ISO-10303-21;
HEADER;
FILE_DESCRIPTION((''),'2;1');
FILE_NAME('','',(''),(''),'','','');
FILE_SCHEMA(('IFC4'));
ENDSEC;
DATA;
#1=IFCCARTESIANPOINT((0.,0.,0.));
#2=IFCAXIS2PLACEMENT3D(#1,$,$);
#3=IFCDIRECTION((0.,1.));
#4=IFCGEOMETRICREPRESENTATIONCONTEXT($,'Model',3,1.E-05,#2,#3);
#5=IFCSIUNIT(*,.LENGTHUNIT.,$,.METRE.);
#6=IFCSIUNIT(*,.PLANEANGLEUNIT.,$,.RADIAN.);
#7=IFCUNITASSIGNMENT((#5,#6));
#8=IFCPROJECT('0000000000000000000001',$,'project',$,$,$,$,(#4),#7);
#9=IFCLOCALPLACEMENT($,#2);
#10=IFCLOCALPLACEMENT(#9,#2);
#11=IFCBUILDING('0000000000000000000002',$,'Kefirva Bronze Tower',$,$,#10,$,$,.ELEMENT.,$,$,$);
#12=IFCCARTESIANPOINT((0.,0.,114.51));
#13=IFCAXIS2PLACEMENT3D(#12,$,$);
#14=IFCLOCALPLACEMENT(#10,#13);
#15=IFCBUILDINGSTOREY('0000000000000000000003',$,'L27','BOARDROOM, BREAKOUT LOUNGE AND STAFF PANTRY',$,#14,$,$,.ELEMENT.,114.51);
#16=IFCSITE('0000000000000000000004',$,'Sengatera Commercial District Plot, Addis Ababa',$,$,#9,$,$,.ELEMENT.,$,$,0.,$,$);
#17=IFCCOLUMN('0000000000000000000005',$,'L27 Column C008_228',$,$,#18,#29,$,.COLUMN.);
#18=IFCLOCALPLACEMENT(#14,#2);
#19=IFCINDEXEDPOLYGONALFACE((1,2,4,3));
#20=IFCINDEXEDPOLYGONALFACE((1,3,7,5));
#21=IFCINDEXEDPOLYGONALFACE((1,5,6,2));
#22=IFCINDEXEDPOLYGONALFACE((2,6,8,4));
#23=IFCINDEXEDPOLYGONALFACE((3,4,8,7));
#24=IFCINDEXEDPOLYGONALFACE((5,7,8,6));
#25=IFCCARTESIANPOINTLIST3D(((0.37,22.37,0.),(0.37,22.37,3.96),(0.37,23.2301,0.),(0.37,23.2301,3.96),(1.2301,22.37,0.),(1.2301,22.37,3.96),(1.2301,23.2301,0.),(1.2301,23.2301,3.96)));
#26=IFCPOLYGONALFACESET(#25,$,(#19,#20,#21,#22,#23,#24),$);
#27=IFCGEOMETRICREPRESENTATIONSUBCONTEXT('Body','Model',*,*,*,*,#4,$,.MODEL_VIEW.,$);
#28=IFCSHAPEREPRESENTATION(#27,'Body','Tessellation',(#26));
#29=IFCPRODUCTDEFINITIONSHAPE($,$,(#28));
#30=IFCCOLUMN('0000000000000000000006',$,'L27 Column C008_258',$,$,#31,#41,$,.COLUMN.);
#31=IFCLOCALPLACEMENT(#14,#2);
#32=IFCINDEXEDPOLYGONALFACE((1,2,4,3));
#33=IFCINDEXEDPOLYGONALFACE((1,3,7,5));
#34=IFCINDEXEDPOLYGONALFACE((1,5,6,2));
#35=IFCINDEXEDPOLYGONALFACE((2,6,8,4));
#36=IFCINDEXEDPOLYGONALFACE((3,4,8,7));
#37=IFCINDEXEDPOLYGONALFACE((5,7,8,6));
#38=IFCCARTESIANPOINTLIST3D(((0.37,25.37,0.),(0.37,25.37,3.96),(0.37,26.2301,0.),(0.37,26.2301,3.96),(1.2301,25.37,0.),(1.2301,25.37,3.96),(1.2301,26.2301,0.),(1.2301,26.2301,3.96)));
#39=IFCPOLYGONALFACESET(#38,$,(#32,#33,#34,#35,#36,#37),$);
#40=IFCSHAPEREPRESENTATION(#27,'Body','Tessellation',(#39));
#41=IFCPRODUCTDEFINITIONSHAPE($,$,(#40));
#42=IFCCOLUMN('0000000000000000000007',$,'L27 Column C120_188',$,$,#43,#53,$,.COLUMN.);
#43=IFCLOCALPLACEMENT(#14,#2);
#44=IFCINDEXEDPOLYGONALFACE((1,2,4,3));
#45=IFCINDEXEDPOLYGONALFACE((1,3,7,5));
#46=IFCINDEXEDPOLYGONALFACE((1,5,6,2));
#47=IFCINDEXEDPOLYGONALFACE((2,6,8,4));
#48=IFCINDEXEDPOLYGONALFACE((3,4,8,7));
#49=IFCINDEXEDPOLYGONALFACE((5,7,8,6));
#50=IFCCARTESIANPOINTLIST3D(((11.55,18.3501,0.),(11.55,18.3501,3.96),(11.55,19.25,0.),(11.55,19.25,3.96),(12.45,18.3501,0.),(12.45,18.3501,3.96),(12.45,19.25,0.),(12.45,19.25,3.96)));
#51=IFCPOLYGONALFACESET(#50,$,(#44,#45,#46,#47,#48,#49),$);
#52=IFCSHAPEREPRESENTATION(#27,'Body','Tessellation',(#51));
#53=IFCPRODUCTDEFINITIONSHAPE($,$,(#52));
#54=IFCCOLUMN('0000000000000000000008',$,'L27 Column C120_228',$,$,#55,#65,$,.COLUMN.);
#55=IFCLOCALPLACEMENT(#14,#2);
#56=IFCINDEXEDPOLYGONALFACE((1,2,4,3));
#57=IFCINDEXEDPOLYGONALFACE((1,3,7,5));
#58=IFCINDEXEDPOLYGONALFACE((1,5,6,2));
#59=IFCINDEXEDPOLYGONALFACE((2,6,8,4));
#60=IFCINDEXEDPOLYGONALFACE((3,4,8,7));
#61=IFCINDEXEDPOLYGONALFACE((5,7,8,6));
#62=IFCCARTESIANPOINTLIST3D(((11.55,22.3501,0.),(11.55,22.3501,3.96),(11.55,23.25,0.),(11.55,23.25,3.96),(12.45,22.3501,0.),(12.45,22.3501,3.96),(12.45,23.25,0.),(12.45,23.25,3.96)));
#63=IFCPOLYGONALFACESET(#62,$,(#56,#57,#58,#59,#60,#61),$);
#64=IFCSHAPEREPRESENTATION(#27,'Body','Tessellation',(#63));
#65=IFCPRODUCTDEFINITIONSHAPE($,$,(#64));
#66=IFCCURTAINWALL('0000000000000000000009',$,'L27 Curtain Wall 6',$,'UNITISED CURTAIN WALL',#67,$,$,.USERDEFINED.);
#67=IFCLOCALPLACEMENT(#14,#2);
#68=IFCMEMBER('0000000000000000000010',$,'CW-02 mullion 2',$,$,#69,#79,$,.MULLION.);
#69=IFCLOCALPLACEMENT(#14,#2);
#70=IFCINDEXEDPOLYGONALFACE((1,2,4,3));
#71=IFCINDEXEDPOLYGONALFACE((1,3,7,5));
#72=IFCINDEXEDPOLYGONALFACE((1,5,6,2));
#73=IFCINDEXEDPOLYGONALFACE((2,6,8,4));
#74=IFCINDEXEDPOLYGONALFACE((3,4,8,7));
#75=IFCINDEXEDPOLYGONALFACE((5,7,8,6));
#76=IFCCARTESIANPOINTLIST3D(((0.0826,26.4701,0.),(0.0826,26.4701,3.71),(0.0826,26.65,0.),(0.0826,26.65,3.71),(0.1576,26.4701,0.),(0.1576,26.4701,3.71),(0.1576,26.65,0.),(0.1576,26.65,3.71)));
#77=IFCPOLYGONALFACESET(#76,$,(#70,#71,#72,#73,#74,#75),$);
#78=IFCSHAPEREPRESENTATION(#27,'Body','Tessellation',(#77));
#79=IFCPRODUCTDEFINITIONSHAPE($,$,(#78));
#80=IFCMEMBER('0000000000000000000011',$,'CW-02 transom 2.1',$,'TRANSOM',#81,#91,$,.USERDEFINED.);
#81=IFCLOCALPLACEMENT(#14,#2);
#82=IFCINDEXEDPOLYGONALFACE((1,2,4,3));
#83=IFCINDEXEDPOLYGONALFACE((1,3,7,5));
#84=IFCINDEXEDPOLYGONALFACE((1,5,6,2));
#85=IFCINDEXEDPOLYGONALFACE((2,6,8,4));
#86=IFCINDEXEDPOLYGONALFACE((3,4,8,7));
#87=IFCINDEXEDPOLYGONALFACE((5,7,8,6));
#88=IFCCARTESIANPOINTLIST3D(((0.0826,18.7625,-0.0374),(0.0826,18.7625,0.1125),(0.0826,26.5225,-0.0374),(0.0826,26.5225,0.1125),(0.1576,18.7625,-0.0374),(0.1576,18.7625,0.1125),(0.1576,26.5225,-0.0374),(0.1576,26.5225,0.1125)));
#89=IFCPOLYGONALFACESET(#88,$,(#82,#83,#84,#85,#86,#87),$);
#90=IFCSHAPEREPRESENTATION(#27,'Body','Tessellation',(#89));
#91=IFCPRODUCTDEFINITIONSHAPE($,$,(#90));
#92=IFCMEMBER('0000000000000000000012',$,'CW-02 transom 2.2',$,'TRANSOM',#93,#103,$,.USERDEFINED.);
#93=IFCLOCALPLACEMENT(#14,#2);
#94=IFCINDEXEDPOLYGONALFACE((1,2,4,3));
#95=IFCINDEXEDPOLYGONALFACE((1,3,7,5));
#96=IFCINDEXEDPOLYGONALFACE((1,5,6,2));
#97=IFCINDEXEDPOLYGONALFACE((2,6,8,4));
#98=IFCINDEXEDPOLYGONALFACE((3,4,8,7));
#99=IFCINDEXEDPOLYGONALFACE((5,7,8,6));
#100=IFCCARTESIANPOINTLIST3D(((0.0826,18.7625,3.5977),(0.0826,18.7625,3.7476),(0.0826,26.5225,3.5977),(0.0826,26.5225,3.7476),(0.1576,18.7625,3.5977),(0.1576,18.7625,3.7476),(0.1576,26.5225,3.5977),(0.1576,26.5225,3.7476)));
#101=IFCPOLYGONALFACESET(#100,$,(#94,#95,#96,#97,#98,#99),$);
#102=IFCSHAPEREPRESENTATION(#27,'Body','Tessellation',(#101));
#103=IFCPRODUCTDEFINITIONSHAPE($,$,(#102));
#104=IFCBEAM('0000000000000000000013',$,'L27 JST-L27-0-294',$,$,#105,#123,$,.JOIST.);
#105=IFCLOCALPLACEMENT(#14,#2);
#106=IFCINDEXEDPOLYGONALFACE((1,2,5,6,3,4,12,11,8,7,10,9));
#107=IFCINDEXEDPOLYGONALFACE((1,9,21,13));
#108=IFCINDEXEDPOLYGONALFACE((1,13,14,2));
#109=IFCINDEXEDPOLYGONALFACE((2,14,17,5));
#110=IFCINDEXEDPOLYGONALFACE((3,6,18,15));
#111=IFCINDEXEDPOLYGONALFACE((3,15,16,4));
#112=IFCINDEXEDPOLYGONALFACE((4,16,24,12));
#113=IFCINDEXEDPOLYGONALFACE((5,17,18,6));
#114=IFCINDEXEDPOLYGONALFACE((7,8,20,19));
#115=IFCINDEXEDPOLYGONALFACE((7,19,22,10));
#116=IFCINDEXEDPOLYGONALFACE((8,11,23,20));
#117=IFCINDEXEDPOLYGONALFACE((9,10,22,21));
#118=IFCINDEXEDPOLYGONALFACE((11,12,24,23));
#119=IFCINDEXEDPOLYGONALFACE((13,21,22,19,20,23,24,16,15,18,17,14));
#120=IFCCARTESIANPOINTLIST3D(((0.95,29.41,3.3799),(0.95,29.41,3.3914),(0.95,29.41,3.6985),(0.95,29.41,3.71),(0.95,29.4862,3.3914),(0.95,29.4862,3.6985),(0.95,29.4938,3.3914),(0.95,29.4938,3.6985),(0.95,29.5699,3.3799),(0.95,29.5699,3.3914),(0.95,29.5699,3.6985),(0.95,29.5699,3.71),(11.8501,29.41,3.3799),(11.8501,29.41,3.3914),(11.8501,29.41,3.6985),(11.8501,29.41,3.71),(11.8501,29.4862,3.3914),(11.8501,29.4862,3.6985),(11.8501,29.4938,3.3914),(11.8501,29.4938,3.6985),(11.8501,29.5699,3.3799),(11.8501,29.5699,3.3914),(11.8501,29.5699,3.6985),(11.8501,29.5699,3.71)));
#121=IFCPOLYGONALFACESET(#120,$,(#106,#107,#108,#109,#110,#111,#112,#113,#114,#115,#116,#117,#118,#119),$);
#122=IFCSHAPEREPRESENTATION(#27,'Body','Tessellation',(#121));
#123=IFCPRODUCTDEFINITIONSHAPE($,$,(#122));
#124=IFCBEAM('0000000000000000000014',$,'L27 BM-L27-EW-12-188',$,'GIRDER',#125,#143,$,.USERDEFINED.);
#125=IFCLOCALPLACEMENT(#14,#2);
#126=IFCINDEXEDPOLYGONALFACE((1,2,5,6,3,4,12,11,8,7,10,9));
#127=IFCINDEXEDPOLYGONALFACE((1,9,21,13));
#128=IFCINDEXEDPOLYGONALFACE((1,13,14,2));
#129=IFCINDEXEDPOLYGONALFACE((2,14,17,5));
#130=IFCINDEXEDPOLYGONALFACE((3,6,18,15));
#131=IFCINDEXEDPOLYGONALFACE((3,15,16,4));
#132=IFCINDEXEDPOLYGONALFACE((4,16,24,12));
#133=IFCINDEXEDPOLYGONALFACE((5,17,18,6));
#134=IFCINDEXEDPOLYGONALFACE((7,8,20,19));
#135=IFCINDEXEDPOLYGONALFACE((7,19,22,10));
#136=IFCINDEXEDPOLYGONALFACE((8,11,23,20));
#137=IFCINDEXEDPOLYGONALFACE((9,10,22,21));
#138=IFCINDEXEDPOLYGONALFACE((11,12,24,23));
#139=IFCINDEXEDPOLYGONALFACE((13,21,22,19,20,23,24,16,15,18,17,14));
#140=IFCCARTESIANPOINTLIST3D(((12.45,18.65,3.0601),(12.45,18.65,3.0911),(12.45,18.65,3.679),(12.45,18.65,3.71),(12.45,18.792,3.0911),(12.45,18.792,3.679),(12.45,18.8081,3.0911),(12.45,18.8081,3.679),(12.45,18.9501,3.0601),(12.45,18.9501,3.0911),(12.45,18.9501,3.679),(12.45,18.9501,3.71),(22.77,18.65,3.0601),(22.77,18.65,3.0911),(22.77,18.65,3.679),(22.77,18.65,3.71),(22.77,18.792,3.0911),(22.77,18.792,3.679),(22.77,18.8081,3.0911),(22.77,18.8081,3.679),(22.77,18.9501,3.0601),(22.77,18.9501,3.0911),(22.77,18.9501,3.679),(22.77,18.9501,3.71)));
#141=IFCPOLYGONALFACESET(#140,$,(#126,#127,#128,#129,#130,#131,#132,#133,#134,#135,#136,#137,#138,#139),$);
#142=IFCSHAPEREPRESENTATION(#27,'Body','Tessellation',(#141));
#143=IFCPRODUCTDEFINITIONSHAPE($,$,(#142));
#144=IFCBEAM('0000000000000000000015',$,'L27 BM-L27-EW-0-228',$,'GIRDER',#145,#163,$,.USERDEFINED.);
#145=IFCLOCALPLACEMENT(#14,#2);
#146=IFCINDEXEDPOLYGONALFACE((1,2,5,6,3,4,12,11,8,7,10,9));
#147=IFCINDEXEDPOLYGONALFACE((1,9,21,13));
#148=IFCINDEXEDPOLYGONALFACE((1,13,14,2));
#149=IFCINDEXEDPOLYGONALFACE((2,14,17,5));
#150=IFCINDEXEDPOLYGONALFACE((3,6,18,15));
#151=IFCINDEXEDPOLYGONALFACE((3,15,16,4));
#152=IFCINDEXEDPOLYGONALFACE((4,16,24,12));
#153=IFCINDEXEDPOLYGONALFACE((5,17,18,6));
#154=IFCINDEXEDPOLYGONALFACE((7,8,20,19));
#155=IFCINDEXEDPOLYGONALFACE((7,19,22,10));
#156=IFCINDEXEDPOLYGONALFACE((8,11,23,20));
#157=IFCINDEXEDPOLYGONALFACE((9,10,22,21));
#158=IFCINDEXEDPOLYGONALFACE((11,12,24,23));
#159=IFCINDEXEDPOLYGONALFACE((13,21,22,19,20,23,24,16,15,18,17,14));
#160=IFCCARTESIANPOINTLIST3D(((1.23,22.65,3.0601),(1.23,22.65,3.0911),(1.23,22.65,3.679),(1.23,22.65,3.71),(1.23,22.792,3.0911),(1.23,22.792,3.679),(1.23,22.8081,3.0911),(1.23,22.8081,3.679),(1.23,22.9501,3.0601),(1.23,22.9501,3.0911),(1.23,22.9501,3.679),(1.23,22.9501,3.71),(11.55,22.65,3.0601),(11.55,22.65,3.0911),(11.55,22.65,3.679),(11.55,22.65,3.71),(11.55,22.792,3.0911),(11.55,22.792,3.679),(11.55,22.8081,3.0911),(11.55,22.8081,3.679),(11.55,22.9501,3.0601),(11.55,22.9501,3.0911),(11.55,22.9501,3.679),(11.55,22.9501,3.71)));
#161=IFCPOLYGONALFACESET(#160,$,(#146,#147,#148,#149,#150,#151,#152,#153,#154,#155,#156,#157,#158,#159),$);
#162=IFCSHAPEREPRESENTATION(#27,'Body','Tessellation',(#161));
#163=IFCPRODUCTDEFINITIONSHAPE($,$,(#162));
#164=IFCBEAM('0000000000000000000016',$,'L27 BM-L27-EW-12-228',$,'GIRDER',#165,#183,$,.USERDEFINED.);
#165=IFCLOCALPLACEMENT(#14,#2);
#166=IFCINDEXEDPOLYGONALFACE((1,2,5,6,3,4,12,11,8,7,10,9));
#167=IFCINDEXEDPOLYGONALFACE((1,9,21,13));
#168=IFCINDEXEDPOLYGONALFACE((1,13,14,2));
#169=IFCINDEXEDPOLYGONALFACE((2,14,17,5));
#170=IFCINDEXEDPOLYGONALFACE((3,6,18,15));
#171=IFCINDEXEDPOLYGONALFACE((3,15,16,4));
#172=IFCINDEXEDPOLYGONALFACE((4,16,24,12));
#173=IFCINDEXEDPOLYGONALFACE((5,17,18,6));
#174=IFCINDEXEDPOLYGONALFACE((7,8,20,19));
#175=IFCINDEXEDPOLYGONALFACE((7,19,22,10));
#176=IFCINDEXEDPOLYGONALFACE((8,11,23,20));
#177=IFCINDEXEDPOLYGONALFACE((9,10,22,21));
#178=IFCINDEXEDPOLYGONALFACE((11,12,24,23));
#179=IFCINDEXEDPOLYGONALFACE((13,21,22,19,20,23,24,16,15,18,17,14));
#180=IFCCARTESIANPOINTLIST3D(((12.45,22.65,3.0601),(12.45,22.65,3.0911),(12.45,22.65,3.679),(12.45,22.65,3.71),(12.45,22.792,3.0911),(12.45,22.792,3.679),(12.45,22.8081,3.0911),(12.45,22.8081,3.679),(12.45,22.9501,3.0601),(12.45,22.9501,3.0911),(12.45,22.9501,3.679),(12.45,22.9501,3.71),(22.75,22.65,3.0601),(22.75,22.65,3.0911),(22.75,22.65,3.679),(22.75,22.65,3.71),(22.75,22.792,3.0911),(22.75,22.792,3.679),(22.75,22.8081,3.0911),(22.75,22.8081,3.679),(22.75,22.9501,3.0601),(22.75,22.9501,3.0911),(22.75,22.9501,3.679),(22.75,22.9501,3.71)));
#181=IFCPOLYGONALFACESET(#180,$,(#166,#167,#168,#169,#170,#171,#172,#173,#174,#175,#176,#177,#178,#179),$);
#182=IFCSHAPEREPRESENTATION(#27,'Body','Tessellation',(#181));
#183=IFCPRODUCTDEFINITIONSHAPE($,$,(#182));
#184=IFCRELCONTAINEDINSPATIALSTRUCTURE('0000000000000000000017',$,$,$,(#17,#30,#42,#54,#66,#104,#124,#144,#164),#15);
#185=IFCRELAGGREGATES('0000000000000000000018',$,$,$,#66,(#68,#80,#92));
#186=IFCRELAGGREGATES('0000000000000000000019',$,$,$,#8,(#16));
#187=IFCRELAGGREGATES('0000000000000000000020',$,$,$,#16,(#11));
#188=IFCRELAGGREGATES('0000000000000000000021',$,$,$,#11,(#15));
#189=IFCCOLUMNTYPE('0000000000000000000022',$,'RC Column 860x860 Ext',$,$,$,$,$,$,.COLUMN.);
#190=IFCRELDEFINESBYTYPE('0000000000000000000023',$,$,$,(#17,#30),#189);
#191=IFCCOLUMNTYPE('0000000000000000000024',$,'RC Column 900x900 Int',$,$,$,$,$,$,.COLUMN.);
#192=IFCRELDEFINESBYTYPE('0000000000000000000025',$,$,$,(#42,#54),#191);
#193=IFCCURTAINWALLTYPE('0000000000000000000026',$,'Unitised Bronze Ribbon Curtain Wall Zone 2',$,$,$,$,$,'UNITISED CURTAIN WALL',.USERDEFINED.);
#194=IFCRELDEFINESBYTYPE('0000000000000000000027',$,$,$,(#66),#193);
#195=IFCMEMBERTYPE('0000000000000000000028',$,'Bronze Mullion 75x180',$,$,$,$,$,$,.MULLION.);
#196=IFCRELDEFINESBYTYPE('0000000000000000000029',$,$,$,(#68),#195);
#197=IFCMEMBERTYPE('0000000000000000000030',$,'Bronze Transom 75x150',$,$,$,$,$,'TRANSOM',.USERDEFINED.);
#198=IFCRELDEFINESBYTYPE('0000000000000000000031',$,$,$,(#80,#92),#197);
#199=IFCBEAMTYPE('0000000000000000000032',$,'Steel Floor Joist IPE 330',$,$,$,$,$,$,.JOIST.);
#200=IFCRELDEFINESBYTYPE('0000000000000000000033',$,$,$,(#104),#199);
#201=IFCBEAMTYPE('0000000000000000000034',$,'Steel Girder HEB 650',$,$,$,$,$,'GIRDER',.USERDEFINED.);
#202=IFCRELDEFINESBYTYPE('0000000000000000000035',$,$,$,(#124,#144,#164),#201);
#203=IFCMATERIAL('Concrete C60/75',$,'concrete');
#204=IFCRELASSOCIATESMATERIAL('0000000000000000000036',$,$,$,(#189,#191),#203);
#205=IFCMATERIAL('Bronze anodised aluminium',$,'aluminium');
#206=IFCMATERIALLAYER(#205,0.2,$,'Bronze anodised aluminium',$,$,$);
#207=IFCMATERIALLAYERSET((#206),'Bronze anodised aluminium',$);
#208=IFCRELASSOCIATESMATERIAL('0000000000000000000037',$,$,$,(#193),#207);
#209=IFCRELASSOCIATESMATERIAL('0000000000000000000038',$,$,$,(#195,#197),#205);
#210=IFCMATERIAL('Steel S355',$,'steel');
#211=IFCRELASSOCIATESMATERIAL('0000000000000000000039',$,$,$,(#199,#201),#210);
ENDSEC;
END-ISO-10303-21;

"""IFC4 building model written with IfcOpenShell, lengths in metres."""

from ifc_helpers import new_model, si_unit, direction, frame, origin, origin_2d, place, context, subcontext, project, spatial, rectangle, i_section, extrude, material, layer, layer_set, material_profile, profile_set, type_object, element, aggregate, save


model = new_model("IFC4")

# Units and contexts
model_context = context("Model", 3, precision=1e-05, world=origin(), true_north=direction((0.0, 1.0)))
body_context = subcontext(model_context, "Body", "Model", "MODEL_VIEW")
ifc_project = project(units=[si_unit("LENGTHUNIT", "METRE"), si_unit("PLANEANGLEUNIT", "RADIAN")], contexts=[model_context])

# Site, building, storey
site_placement = place(None, origin())
site = spatial("IfcSite", under=ifc_project, at=site_placement, Name="Sengatera Commercial District Plot, Addis Ababa", CompositionType="ELEMENT", RefElevation=0.0)
building_placement = place(site_placement, origin())
building = spatial("IfcBuilding", under=site, at=building_placement, Name="Kefirva Bronze Tower", CompositionType="ELEMENT")
storey_placement = place(building_placement, frame((0.0, 0.0, 114.51)))
storey = spatial("IfcBuildingStorey", under=building, at=storey_placement, Name="L27", Description="BOARDROOM, BREAKOUT LOUNGE AND STAFF PANTRY", CompositionType="ELEMENT", Elevation=114.51)

# Columns
ifc_material_1 = material(Name="Concrete C60/75", Category="concrete")
ifc_material_profile_1 = material_profile(ifc_material_1, rectangle(XDim=0.8601, YDim=0.8601, at=origin_2d()), Name="RC 860x860")
ifc_profile_set_1 = profile_set([ifc_material_profile_1], Name="Concrete C60/75")
column_type_1 = type_object("IfcColumnType", Name="RC Column 860x860 Ext", PredefinedType="COLUMN", material=ifc_profile_set_1)
for number, where, z_axis, x_axis, name in (
    (1, (0.8, 22.8, 0.0), (0.0, 0.0, 1.0), (1.0, 0.0, 0.0), "L27 Column C008_228"),
    (2, (0.8, 25.8, 0.0), (0.0, 0.0, 1.0), (1.0, 0.0, 0.0), "L27 Column C008_258"),
):
    element("IfcColumn", number, at=place(storey_placement, frame(where, z_axis=z_axis, x_axis=x_axis)), inside=storey, type_object=column_type_1, Name=name, PredefinedType="COLUMN", context=body_context, shape_type="SweptSolid", body=[
        extrude(rectangle(XDim=0.8601, YDim=0.8601, at=origin_2d()), origin(), (0.0, 0.0, 1.0), 3.96),
    ])
ifc_material_profile_2 = material_profile(ifc_material_1, rectangle(XDim=0.8999, YDim=0.8999, at=origin_2d()), Name="RC 900x900")
ifc_profile_set_2 = profile_set([ifc_material_profile_2], Name="Concrete C60/75")
column_type_2 = type_object("IfcColumnType", Name="RC Column 900x900 Int", PredefinedType="COLUMN", material=ifc_profile_set_2)
for number, where, z_axis, x_axis, name in (
    (3, (12.0, 18.8, 0.0), (0.0, 0.0, 1.0), (1.0, 0.0, 0.0), "L27 Column C120_188"),
    (4, (12.0, 22.8, 0.0), (0.0, 0.0, 1.0), (1.0, 0.0, 0.0), "L27 Column C120_228"),
):
    element("IfcColumn", number, at=place(storey_placement, frame(where, z_axis=z_axis, x_axis=x_axis)), inside=storey, type_object=column_type_2, Name=name, PredefinedType="COLUMN", context=body_context, shape_type="SweptSolid", body=[
        extrude(rectangle(XDim=0.8999, YDim=0.8999, at=origin_2d()), origin(), (0.0, 0.0, 1.0), 3.96),
    ])

# Curtain wall, members
ifc_material_2 = material(Name="Bronze anodised aluminium", Category="aluminium")
ifc_layer_1 = layer(ifc_material_2, 0.2, Name="Bronze anodised aluminium")
ifc_layer_set_1 = layer_set([ifc_layer_1], Name="Bronze anodised aluminium")
curtain_wall_type = type_object("IfcCurtainWallType", Name="Unitised Bronze Ribbon Curtain Wall Zone 2", ElementType="UNITISED CURTAIN WALL", PredefinedType="USERDEFINED", material=ifc_layer_set_1)
curtain_wall_placement = place(storey_placement, origin())
curtain_wall = element("IfcCurtainWall", 5, at=curtain_wall_placement, inside=storey, type_object=curtain_wall_type, Name="L27 Curtain Wall 6", ObjectType="UNITISED CURTAIN WALL", PredefinedType="USERDEFINED")
ifc_material_profile_3 = material_profile(ifc_material_2, rectangle(XDim=0.075, YDim=0.1799, at=origin_2d()), Name="ALU 75x180")
ifc_profile_set_3 = profile_set([ifc_material_profile_3], Name="Bronze anodised aluminium")
member_type_1 = type_object("IfcMemberType", Name="Bronze Mullion 75x180", PredefinedType="MULLION", material=ifc_profile_set_3)
member_1_placement = place(storey_placement, frame((0.1201, 26.5601, 0.0), z_axis=(0.0, 0.0, 1.0), x_axis=(1.0, 0.0, 0.0)))
member_1 = element("IfcMember", 6, at=member_1_placement, type_object=member_type_1, Name="CW-02 mullion 2", PredefinedType="MULLION", context=body_context, shape_type="SweptSolid", body=[
    extrude(rectangle(XDim=0.075, YDim=0.1799, at=origin_2d()), origin(), (0.0, 0.0, 1.0), 3.71),
])
ifc_material_profile_4 = material_profile(ifc_material_2, rectangle(XDim=0.075, YDim=0.1499, at=origin_2d()), Name="ALU 75x150")
ifc_profile_set_4 = profile_set([ifc_material_profile_4], Name="Bronze anodised aluminium")
member_type_2 = type_object("IfcMemberType", Name="Bronze Transom 75x150", ElementType="TRANSOM", PredefinedType="USERDEFINED", material=ifc_profile_set_4)
member_2_placement = place(storey_placement, frame((0.1201, 26.5225, 0.0376), z_axis=(0.0, -1.0, 0.0), x_axis=(1.0, 0.0, 0.0)))
member_2 = element("IfcMember", 7, at=member_2_placement, type_object=member_type_2, Name="CW-02 transom 2.1", ObjectType="TRANSOM", PredefinedType="USERDEFINED", context=body_context, shape_type="SweptSolid", body=[
    extrude(rectangle(XDim=0.075, YDim=0.1499, at=origin_2d()), origin(), (0.0, 0.0, 1.0), 7.76),
])
member_3_placement = place(storey_placement, frame((0.1201, 26.5225, 3.6726), z_axis=(0.0, -1.0, 0.0), x_axis=(1.0, 0.0, 0.0)))
member_3 = element("IfcMember", 8, at=member_3_placement, type_object=member_type_2, Name="CW-02 transom 2.2", ObjectType="TRANSOM", PredefinedType="USERDEFINED", context=body_context, shape_type="SweptSolid", body=[
    extrude(rectangle(XDim=0.075, YDim=0.1499, at=origin_2d()), origin(), (0.0, 0.0, 1.0), 7.76),
])

# Beams
ifc_material_3 = material(Name="Steel S355", Category="steel")
ifc_material_profile_5 = material_profile(ifc_material_3, i_section(OverallWidth=0.1599, OverallDepth=0.3301, WebThickness=0.0076, FlangeThickness=0.0115, at=origin_2d()), Name="IPE 330")
ifc_profile_set_5 = profile_set([ifc_material_profile_5], Name="Steel S355")
beam_type_1 = type_object("IfcBeamType", Name="Steel Floor Joist IPE 330", PredefinedType="JOIST", material=ifc_profile_set_5)
beam_1_placement = place(storey_placement, frame((0.95, 29.49, 3.5449), z_axis=(1.0, 0.0, 0.0), x_axis=(0.0, 1.0, 0.0)))
element("IfcBeam", 9, at=beam_1_placement, inside=storey, type_object=beam_type_1, Name="L27 JST-L27-0-294", PredefinedType="JOIST", context=body_context, shape_type="SweptSolid", body=[
    extrude(i_section(OverallWidth=0.1599, OverallDepth=0.3301, WebThickness=0.0076, FlangeThickness=0.0115, at=origin_2d()), origin(), (0.0, 0.0, 1.0), 10.9001),
])
ifc_material_profile_6 = material_profile(ifc_material_3, i_section(OverallWidth=0.3, OverallDepth=0.6499, WebThickness=0.0161, FlangeThickness=0.031, at=origin_2d()), Name="HEB 650")
ifc_profile_set_6 = profile_set([ifc_material_profile_6], Name="Steel S355")
beam_type_2 = type_object("IfcBeamType", Name="Steel Girder HEB 650", ElementType="GIRDER", PredefinedType="USERDEFINED", material=ifc_profile_set_6)
for number, where, z_axis, x_axis, name in (
    (10, (12.45, 18.8, 3.385), (1.0, 0.0, 0.0), (0.0, 1.0, 0.0), "L27 BM-L27-EW-12-188"),
    (11, (1.23, 22.8, 3.385), (1.0, 0.0, 0.0), (0.0, 1.0, 0.0), "L27 BM-L27-EW-0-228"),
):
    element("IfcBeam", number, at=place(storey_placement, frame(where, z_axis=z_axis, x_axis=x_axis)), inside=storey, type_object=beam_type_2, Name=name, ObjectType="GIRDER", PredefinedType="USERDEFINED", context=body_context, shape_type="SweptSolid", body=[
        extrude(i_section(OverallWidth=0.3, OverallDepth=0.6499, WebThickness=0.0161, FlangeThickness=0.031, at=origin_2d()), origin(), (0.0, 0.0, 1.0), 10.3201),
    ])
beam_2_placement = place(storey_placement, frame((12.45, 22.8, 3.385), z_axis=(1.0, 0.0, 0.0), x_axis=(0.0, 1.0, 0.0)))
element("IfcBeam", 12, at=beam_2_placement, inside=storey, type_object=beam_type_2, Name="L27 BM-L27-EW-12-228", ObjectType="GIRDER", PredefinedType="USERDEFINED", context=body_context, shape_type="SweptSolid", body=[
    extrude(i_section(OverallWidth=0.3, OverallDepth=0.6499, WebThickness=0.0161, FlangeThickness=0.031, at=origin_2d()), origin(), (0.0, 0.0, 1.0), 10.3),
])

aggregate(curtain_wall, [member_1, member_2, member_3])

save(model, "model.ifc")
